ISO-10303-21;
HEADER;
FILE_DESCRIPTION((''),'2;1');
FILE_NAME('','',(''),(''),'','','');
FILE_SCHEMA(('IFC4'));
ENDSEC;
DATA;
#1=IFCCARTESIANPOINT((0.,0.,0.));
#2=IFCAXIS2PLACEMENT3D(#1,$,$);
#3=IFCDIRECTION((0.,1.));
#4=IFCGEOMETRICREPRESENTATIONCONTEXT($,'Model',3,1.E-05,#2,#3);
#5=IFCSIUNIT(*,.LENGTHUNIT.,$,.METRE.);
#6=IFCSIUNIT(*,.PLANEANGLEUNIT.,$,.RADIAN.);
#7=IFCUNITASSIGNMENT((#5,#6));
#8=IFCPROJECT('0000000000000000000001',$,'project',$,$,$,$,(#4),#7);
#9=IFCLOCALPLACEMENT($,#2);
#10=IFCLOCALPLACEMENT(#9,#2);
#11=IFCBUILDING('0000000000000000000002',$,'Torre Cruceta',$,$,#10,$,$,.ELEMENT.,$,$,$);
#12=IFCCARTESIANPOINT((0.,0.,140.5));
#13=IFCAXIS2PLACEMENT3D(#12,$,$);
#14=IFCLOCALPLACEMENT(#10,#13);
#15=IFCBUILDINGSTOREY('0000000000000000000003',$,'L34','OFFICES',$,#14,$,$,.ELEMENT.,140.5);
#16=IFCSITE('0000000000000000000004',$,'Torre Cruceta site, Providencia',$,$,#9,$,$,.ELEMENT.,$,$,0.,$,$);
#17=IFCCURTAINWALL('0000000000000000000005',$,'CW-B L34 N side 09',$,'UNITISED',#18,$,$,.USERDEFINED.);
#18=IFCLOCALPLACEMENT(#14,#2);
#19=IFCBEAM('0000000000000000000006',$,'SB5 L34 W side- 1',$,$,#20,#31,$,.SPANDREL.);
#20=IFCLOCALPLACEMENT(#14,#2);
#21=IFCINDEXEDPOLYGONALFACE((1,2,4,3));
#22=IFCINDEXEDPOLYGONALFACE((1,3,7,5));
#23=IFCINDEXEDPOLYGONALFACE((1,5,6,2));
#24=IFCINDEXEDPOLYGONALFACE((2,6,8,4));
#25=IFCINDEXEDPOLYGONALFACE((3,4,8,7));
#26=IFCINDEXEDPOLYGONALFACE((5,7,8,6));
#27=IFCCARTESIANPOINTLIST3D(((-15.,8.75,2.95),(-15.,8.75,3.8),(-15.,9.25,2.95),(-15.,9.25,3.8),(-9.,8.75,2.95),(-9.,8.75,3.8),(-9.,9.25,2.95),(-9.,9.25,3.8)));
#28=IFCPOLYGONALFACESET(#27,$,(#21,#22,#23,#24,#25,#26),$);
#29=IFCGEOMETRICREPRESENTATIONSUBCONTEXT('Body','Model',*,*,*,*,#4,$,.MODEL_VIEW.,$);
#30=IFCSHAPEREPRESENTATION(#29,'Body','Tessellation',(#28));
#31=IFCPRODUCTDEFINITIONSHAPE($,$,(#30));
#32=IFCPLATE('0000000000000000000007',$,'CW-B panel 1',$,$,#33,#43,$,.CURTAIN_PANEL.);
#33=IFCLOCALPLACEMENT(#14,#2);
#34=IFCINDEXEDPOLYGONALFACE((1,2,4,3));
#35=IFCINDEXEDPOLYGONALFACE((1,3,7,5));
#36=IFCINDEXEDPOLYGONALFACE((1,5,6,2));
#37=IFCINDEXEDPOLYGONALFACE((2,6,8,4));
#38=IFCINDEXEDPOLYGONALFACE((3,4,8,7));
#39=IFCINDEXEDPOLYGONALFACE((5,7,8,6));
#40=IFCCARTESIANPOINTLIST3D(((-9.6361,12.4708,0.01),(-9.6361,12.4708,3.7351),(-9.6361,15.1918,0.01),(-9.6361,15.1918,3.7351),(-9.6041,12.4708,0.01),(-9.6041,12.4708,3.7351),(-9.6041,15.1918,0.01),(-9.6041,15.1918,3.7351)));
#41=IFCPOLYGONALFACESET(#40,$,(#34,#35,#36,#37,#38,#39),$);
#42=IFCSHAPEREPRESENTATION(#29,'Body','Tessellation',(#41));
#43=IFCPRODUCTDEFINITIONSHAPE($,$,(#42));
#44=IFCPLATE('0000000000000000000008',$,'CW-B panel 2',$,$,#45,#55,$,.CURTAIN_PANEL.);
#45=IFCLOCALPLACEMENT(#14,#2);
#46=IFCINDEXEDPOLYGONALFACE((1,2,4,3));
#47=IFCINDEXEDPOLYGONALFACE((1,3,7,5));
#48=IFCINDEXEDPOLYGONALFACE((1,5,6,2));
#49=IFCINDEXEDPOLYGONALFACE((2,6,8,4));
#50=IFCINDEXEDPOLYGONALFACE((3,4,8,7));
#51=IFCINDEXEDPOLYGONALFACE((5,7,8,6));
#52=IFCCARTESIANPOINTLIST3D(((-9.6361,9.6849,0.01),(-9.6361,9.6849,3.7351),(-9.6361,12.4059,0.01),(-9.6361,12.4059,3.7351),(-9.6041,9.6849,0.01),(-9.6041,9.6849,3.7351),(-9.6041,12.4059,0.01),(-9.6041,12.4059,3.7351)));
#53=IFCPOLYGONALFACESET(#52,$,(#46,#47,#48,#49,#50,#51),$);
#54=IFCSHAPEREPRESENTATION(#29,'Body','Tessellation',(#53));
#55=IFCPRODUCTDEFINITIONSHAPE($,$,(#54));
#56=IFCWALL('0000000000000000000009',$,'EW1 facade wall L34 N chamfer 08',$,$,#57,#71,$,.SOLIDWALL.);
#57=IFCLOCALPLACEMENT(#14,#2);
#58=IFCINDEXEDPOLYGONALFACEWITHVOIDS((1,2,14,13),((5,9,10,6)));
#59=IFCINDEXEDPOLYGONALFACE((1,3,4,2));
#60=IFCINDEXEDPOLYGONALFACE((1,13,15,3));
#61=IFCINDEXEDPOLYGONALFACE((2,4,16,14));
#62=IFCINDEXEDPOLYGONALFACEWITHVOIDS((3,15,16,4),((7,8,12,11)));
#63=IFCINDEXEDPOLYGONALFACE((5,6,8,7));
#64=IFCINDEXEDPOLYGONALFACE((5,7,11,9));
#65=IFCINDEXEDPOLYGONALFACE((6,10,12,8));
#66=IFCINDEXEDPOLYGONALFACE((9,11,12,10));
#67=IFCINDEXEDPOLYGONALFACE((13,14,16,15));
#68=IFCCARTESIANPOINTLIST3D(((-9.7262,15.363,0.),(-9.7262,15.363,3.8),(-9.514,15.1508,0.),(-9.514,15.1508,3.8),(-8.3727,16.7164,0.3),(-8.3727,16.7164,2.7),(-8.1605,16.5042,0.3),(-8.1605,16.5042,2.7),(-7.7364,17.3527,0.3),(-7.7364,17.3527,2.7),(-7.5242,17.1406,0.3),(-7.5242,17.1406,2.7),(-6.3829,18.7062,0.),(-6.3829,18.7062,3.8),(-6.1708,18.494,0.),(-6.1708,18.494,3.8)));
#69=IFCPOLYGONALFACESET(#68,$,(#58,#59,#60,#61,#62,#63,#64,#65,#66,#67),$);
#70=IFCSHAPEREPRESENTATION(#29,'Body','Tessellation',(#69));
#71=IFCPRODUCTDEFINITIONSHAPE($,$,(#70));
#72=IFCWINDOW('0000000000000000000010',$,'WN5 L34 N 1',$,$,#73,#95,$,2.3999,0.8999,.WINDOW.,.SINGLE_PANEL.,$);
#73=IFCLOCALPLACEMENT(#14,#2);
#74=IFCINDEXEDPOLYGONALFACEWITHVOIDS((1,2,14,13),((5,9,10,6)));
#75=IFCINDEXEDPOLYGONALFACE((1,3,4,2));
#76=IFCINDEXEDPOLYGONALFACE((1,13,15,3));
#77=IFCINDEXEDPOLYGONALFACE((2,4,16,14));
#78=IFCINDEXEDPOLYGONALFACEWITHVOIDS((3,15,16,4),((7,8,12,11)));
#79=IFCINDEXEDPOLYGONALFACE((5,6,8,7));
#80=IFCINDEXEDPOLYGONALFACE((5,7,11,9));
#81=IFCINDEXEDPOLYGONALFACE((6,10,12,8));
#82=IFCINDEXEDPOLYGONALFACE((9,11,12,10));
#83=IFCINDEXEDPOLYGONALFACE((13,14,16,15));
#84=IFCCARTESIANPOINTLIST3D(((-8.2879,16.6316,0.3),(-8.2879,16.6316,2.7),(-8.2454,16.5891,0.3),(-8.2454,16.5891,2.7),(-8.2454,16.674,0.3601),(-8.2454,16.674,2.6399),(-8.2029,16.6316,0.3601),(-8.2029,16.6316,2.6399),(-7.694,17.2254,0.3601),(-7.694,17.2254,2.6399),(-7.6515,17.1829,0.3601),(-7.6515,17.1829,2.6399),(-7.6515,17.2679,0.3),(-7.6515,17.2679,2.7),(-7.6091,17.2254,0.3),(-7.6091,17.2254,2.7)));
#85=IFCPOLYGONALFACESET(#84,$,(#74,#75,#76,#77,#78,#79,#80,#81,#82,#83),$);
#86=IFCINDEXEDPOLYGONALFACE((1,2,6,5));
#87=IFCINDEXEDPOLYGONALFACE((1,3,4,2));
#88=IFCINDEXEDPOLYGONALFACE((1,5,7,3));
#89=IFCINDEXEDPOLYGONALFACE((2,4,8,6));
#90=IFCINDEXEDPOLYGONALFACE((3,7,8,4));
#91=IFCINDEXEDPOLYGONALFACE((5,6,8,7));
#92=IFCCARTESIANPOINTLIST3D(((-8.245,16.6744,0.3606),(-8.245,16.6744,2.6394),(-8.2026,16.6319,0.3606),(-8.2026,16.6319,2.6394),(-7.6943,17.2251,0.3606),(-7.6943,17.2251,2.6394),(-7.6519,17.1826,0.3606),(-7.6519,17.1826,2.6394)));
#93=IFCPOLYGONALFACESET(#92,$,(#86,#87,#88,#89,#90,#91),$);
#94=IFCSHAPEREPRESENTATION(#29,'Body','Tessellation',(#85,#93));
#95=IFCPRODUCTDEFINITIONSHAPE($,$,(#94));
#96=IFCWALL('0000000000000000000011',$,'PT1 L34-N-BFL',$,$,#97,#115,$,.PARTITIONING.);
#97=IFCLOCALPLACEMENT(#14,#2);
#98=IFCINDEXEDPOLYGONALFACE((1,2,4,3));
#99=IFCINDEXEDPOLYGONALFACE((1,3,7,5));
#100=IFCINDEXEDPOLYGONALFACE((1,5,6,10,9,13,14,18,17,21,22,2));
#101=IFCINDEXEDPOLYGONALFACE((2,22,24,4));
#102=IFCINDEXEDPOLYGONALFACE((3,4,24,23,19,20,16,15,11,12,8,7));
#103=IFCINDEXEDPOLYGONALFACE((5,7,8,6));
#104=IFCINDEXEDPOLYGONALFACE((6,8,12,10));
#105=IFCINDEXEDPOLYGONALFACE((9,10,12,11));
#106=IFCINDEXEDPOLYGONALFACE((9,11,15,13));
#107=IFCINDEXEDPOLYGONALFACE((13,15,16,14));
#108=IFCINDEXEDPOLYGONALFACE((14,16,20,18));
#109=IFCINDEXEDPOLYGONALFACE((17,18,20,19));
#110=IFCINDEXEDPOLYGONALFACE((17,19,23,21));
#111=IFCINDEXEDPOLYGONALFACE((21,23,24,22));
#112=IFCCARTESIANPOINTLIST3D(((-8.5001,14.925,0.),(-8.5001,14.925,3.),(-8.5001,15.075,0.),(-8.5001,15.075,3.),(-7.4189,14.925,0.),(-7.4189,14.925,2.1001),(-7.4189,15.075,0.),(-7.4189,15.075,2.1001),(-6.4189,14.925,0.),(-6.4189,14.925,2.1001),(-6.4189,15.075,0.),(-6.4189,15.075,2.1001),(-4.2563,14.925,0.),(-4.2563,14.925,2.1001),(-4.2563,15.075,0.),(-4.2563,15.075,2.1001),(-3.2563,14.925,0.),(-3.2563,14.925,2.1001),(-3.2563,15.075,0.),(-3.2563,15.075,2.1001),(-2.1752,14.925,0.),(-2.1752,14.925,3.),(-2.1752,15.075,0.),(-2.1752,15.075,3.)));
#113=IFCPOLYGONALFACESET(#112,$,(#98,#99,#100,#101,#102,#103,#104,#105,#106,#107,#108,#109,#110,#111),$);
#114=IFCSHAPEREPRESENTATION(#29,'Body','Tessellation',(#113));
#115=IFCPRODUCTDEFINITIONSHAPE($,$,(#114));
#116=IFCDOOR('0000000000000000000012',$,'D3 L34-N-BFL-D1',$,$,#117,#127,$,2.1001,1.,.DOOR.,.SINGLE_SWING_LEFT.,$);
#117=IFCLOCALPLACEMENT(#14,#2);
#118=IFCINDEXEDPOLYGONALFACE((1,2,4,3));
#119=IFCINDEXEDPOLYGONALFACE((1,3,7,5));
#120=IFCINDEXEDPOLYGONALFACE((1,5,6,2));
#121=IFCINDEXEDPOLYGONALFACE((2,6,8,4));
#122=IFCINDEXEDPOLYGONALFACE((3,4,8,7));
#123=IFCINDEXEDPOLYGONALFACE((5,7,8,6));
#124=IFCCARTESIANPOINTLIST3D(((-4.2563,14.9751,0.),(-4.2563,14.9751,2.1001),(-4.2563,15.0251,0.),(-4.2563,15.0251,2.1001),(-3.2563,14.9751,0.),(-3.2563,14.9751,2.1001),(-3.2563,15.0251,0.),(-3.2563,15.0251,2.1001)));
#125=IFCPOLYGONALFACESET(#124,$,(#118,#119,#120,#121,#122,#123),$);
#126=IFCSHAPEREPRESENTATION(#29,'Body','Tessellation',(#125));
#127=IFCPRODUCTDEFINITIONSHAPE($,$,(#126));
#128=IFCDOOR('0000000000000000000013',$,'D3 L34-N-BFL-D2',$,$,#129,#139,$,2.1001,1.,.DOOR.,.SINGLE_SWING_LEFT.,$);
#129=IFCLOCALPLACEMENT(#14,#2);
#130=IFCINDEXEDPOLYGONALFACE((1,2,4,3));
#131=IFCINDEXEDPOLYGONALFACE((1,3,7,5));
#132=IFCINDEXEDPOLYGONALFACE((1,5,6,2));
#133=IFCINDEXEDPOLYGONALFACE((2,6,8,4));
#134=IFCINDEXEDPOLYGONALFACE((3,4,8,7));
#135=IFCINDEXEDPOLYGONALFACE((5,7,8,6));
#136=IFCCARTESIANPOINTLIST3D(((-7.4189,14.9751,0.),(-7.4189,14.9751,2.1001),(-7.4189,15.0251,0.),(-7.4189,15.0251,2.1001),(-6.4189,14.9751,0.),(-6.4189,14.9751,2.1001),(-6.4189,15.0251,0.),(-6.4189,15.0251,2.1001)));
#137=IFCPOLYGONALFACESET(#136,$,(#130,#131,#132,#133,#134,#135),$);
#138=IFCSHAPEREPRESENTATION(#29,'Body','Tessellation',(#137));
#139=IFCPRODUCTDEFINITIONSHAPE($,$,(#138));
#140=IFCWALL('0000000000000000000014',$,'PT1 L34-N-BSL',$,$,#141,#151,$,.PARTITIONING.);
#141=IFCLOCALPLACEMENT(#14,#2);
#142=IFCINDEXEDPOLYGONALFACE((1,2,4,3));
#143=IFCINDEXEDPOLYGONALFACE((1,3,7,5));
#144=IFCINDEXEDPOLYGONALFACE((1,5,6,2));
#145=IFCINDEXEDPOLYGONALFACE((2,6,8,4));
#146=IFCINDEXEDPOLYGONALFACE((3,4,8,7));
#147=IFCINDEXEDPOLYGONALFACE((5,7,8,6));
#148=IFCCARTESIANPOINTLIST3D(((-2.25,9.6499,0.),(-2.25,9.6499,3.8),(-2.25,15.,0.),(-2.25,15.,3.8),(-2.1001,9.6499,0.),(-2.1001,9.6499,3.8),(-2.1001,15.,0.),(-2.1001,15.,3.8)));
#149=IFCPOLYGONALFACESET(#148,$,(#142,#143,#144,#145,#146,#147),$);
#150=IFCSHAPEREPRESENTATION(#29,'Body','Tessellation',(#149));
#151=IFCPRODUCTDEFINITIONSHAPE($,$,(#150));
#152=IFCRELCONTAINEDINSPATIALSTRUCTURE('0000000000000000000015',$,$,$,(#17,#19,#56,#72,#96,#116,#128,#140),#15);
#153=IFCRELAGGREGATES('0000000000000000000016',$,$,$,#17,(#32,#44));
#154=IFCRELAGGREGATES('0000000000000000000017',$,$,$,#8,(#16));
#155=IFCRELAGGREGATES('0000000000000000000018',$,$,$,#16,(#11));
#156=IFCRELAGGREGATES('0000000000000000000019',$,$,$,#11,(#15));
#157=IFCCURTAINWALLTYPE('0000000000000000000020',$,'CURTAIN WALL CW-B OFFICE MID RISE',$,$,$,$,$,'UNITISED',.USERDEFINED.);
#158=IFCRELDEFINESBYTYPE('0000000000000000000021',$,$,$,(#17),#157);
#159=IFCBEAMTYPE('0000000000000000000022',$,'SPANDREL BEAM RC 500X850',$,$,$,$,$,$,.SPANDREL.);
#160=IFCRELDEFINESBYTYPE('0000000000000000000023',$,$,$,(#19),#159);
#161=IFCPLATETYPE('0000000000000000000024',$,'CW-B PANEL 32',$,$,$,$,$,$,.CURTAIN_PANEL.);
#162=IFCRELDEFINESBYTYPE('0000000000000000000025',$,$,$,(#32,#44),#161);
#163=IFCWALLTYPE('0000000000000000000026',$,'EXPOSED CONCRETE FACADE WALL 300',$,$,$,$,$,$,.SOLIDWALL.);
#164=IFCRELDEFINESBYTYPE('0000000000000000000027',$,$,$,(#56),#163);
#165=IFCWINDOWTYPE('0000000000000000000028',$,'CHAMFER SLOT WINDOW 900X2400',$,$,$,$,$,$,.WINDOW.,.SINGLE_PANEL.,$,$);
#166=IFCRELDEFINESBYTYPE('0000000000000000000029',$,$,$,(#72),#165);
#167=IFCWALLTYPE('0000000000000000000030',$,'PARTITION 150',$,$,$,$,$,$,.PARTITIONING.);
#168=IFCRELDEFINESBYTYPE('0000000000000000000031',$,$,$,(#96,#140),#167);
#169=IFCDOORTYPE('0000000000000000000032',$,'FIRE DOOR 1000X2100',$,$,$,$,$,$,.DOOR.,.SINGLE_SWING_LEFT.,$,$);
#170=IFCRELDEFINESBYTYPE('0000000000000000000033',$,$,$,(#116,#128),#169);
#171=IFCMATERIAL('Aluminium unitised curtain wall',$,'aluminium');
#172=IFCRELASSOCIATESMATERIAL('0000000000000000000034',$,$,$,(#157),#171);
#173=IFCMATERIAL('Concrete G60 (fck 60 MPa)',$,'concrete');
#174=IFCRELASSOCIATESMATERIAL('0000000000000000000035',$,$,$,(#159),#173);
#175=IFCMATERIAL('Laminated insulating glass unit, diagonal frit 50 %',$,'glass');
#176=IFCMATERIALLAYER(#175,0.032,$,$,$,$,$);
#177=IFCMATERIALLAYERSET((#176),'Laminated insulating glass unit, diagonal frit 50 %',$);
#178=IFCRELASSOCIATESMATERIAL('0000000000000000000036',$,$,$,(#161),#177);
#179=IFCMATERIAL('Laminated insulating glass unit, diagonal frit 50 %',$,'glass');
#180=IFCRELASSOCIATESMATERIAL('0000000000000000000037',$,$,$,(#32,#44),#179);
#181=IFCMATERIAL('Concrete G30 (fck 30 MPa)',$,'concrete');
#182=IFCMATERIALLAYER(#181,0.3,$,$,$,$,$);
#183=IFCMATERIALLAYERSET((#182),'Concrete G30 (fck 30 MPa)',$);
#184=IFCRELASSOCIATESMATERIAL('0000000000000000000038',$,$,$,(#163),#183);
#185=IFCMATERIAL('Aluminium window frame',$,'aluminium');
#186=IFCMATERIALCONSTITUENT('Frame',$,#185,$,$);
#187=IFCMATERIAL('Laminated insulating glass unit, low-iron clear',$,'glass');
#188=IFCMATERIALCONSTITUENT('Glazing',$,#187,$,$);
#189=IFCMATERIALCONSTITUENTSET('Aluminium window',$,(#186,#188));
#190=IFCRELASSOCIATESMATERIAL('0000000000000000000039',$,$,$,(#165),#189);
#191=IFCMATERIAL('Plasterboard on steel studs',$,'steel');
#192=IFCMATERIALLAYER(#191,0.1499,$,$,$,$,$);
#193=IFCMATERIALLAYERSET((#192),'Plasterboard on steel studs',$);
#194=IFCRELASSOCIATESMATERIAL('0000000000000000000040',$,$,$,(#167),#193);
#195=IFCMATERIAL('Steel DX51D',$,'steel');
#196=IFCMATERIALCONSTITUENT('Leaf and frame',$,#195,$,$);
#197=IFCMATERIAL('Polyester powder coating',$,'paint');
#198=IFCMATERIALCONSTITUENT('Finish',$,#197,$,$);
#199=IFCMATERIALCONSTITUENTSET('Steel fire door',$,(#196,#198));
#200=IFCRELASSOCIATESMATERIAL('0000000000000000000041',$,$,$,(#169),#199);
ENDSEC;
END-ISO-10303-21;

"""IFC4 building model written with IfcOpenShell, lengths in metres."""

from ifc_helpers import new_model, si_unit, direction, frame, frame_2d, origin, origin_2d, place, context, subcontext, project, spatial, rectangle, hollow_rectangle, extrude, material, layer, layer_set, constituent, constituent_set, material_profile, profile_set, type_object, element, fill, aggregate, save


model = new_model("IFC4")

# Units and contexts
model_context = context("Model", 3, precision=1e-05, world=origin(), true_north=direction((0.0, 1.0)))
body_context = subcontext(model_context, "Body", "Model", "MODEL_VIEW")
ifc_project = project(units=[si_unit("LENGTHUNIT", "METRE"), si_unit("PLANEANGLEUNIT", "RADIAN")], contexts=[model_context])

# Site, building, storey
site_placement = place(None, origin())
site = spatial("IfcSite", under=ifc_project, at=site_placement, Name="Torre Cruceta site, Providencia", CompositionType="ELEMENT", RefElevation=0.0)
building_placement = place(site_placement, origin())
building = spatial("IfcBuilding", under=site, at=building_placement, Name="Torre Cruceta", CompositionType="ELEMENT")
storey_placement = place(building_placement, frame((0.0, 0.0, 140.5)))
storey = spatial("IfcBuildingStorey", under=building, at=storey_placement, Name="L34", Description="OFFICES", CompositionType="ELEMENT", Elevation=140.5)

# Curtain wall
ifc_material_1 = material(Name="Aluminium unitised curtain wall", Category="aluminium")
curtain_wall_type = type_object("IfcCurtainWallType", Name="CURTAIN WALL CW-B OFFICE MID RISE", ElementType="UNITISED", PredefinedType="USERDEFINED", material=ifc_material_1)
curtain_wall_placement = place(storey_placement, origin())
curtain_wall = element("IfcCurtainWall", 1, at=curtain_wall_placement, inside=storey, type_object=curtain_wall_type, Name="CW-B L34 N side 09", ObjectType="UNITISED", PredefinedType="USERDEFINED")

# Beam
ifc_material_2 = material(Name="Concrete G60 (fck 60 MPa)", Category="concrete")
ifc_material_profile_1 = material_profile(ifc_material_2, rectangle(XDim=0.5, YDim=0.8501, at=origin_2d()), Name="RC 500X850")
ifc_profile_set_1 = profile_set([ifc_material_profile_1], Name="Concrete G60 (fck 60 MPa)")
beam_type_1 = type_object("IfcBeamType", Name="SPANDREL BEAM RC 500X850", PredefinedType="SPANDREL", material=ifc_profile_set_1)
beam_1_placement = place(storey_placement, frame((-9.0, 9.0, 3.375), z_axis=(-1.0, 0.0, 0.0), x_axis=(0.0, -1.0, 0.0)))
element("IfcBeam", 2, at=beam_1_placement, inside=storey, type_object=beam_type_1, Name="SB5 L34 W side- 1", PredefinedType="SPANDREL", context=body_context, shape_type="SweptSolid", body=[
    extrude(rectangle(XDim=0.5, YDim=0.8501, at=origin_2d()), origin(), (0.0, 0.0, 1.0), 6.0),
])

# Plates
ifc_material_3 = material(Name="Laminated insulating glass unit, diagonal frit 50 %", Category="glass")
ifc_material_4 = material(Name="Laminated insulating glass unit, diagonal frit 50 %", Category="glass")
ifc_layer_1 = layer(ifc_material_4, 0.032)
ifc_layer_set_1 = layer_set([ifc_layer_1], Name="Laminated insulating glass unit, diagonal frit 50 %")
plate_type = type_object("IfcPlateType", Name="CW-B PANEL 32", PredefinedType="CURTAIN_PANEL", material=ifc_layer_set_1)
plate_1_placement = place(storey_placement, frame((-9.6201, 13.8313, 0.01), z_axis=(0.0, 0.0, 1.0), x_axis=(0.0, -1.0, 0.0)))
plate_1 = element("IfcPlate", 3, at=plate_1_placement, type_object=plate_type, material=ifc_material_3, Name="CW-B panel 1", PredefinedType="CURTAIN_PANEL", context=body_context, shape_type="SweptSolid", body=[
    extrude(rectangle(XDim=2.7209, YDim=0.032, at=origin_2d()), origin(), (0.0, 0.0, 1.0), 3.7251),
])
plate_2_placement = place(storey_placement, frame((-9.6201, 11.0454, 0.01), z_axis=(0.0, 0.0, 1.0), x_axis=(0.0, -1.0, 0.0)))
plate_2 = element("IfcPlate", 4, at=plate_2_placement, type_object=plate_type, material=ifc_material_3, Name="CW-B panel 2", PredefinedType="CURTAIN_PANEL", context=body_context, shape_type="SweptSolid", body=[
    extrude(rectangle(XDim=2.7209, YDim=0.032, at=origin_2d()), origin(), (0.0, 0.0, 1.0), 3.7251),
])
aggregate(curtain_wall, [plate_1, plate_2])

# Wall, opening, window
ifc_material_5 = material(Name="Concrete G30 (fck 30 MPa)", Category="concrete")
ifc_layer_2 = layer(ifc_material_5, 0.3)
ifc_layer_set_2 = layer_set([ifc_layer_2], Name="Concrete G30 (fck 30 MPa)")
wall_type_1 = type_object("IfcWallType", Name="EXPOSED CONCRETE FACADE WALL 300", PredefinedType="SOLIDWALL", material=ifc_layer_set_2)
wall_1_placement = place(storey_placement, frame((-6.2769, 18.6001, 0.0), z_axis=(0.0, 0.0, 1.0), x_axis=(-0.707107, -0.707107, 0.0)))
wall_1 = element("IfcWall", 5, at=wall_1_placement, inside=storey, type_object=wall_type_1, Name="EW1 facade wall L34 N chamfer 08", PredefinedType="SOLIDWALL", context=body_context, shape_type="SweptSolid", body=[
    extrude(rectangle(XDim=4.728, YDim=0.3, at=frame_2d((2.364, 0.0))), origin(), (0.0, 0.0, 1.0), 3.8),
])
opening_1_placement = place(wall_1_placement, frame((1.9141, 0.0, 0.3)))
opening_1 = element("IfcOpeningElement", 6, at=opening_1_placement, cuts=wall_1, PredefinedType="OPENING", context=body_context, shape_type="SweptSolid", body=[
    extrude(rectangle(XDim=0.8999, YDim=2.3999, at=frame_2d((0.45, 1.2))), frame((0.0, 0.1599, 0.0), z_axis=(0.0, -1.0, 0.0), x_axis=(1.0, 0.0, 0.0)), (0.0, 0.0, 1.0), 0.3201),
])
ifc_material_6 = material(Name="Aluminium window frame", Category="aluminium")
ifc_constituent_1 = constituent(ifc_material_6, Name="Frame")
ifc_material_7 = material(Name="Laminated insulating glass unit, low-iron clear", Category="glass")
ifc_constituent_2 = constituent(ifc_material_7, Name="Glazing")
ifc_constituent_set_1 = constituent_set(constituents=[ifc_constituent_1, ifc_constituent_2], Name="Aluminium window")
window_type = type_object("IfcWindowType", Name="CHAMFER SLOT WINDOW 900X2400", PartitioningType="SINGLE_PANEL", PredefinedType="WINDOW", material=ifc_constituent_set_1)
window_placement = place(opening_1_placement, origin())
window = element("IfcWindow", 7, at=window_placement, inside=storey, type_object=window_type, Name="WN5 L34 N 1", OverallHeight=2.3999, OverallWidth=0.8999, PartitioningType="SINGLE_PANEL", PredefinedType="WINDOW", context=body_context, shape_type="SweptSolid", body=[
    extrude(hollow_rectangle(XDim=0.8999, YDim=2.3999, WallThickness=0.0601, at=frame_2d((0.45, 1.2))), frame((0.0, 0.03, 0.0), z_axis=(0.0, -1.0, 0.0), x_axis=(1.0, 0.0, 0.0)), (0.0, 0.0, 1.0), 0.0601),
    extrude(rectangle(XDim=0.7788, YDim=2.2788, at=frame_2d((0.45, 1.2))), frame((0.0, 0.03, 0.0), z_axis=(0.0, -1.0, 0.0), x_axis=(1.0, 0.0, 0.0)), (0.0, 0.0, 1.0), 0.0601),
])
fill(opening_1, window)

# Wall, openings, doors
ifc_material_8 = material(Name="Plasterboard on steel studs", Category="steel")
ifc_layer_3 = layer(ifc_material_8, 0.1499)
ifc_layer_set_3 = layer_set([ifc_layer_3], Name="Plasterboard on steel studs")
wall_type_2 = type_object("IfcWallType", Name="PARTITION 150", PredefinedType="PARTITIONING", material=ifc_layer_set_3)
wall_2_placement = place(storey_placement, frame((-2.175, 15.0, 0.0), z_axis=(0.0, 0.0, 1.0), x_axis=(-1.0, 0.0, 0.0)))
wall_2 = element("IfcWall", 8, at=wall_2_placement, inside=storey, type_object=wall_type_2, Name="PT1 L34-N-BFL", PredefinedType="PARTITIONING", context=body_context, shape_type="SweptSolid", body=[
    extrude(rectangle(XDim=6.325, YDim=0.1499, at=frame_2d((3.1626, 0.0))), origin(), (0.0, 0.0, 1.0), 3.0),
])
opening_2_placement = place(wall_2_placement, frame((1.0813, 0.0, 0.0)))
opening_2 = element("IfcOpeningElement", 9, at=opening_2_placement, cuts=wall_2, PredefinedType="OPENING", context=body_context, shape_type="SweptSolid", body=[
    extrude(rectangle(XDim=1.0, YDim=2.1001, at=frame_2d((0.5, 1.05))), frame((0.0, 0.085, 0.0), z_axis=(0.0, -1.0, 0.0), x_axis=(1.0, 0.0, 0.0)), (0.0, 0.0, 1.0), 0.1699),
])
opening_3_placement = place(wall_2_placement, frame((4.2439, 0.0, 0.0)))
opening_3 = element("IfcOpeningElement", 10, at=opening_3_placement, cuts=wall_2, PredefinedType="OPENING", context=body_context, shape_type="SweptSolid", body=[
    extrude(rectangle(XDim=1.0, YDim=2.1001, at=frame_2d((0.5, 1.05))), frame((0.0, 0.085, 0.0), z_axis=(0.0, -1.0, 0.0), x_axis=(1.0, 0.0, 0.0)), (0.0, 0.0, 1.0), 0.1699),
])
ifc_material_9 = material(Name="Steel DX51D", Category="steel")
ifc_constituent_3 = constituent(ifc_material_9, Name="Leaf and frame")
ifc_material_10 = material(Name="Polyester powder coating", Category="paint")
ifc_constituent_4 = constituent(ifc_material_10, Name="Finish")
ifc_constituent_set_2 = constituent_set(constituents=[ifc_constituent_3, ifc_constituent_4], Name="Steel fire door")
door_type_1 = type_object("IfcDoorType", Name="FIRE DOOR 1000X2100", OperationType="SINGLE_SWING_LEFT", PredefinedType="DOOR", material=ifc_constituent_set_2)
door_1_placement = place(opening_2_placement, origin())
door_1 = element("IfcDoor", 11, at=door_1_placement, inside=storey, type_object=door_type_1, Name="D3 L34-N-BFL-D1", OperationType="SINGLE_SWING_LEFT", OverallHeight=2.1001, OverallWidth=1.0, PredefinedType="DOOR", context=body_context, shape_type="SweptSolid", body=[
    extrude(rectangle(XDim=1.0, YDim=2.1001, at=frame_2d((0.5, 1.05))), frame((0.0, 0.0249, 0.0), z_axis=(0.0, -1.0, 0.0), x_axis=(1.0, 0.0, 0.0)), (0.0, 0.0, 1.0), 0.05),
])
fill(opening_2, door_1)
door_2_placement = place(opening_3_placement, origin())
door_2 = element("IfcDoor", 12, at=door_2_placement, inside=storey, type_object=door_type_1, Name="D3 L34-N-BFL-D2", OperationType="SINGLE_SWING_LEFT", OverallHeight=2.1001, OverallWidth=1.0, PredefinedType="DOOR", context=body_context, shape_type="SweptSolid", body=[
    extrude(rectangle(XDim=1.0, YDim=2.1001, at=frame_2d((0.5, 1.05))), frame((0.0, 0.0249, 0.0), z_axis=(0.0, -1.0, 0.0), x_axis=(1.0, 0.0, 0.0)), (0.0, 0.0, 1.0), 0.05),
])
fill(opening_3, door_2)

# Wall
wall_3_placement = place(storey_placement, frame((-2.175, 9.6499, 0.0), z_axis=(0.0, 0.0, 1.0), x_axis=(0.0, 1.0, 0.0)))
element("IfcWall", 13, at=wall_3_placement, inside=storey, type_object=wall_type_2, Name="PT1 L34-N-BSL", PredefinedType="PARTITIONING", context=body_context, shape_type="SweptSolid", body=[
    extrude(rectangle(XDim=5.3501, YDim=0.1499, at=frame_2d((2.675, 0.0))), origin(), (0.0, 0.0, 1.0), 3.8),
])

save(model, "model.ifc")
